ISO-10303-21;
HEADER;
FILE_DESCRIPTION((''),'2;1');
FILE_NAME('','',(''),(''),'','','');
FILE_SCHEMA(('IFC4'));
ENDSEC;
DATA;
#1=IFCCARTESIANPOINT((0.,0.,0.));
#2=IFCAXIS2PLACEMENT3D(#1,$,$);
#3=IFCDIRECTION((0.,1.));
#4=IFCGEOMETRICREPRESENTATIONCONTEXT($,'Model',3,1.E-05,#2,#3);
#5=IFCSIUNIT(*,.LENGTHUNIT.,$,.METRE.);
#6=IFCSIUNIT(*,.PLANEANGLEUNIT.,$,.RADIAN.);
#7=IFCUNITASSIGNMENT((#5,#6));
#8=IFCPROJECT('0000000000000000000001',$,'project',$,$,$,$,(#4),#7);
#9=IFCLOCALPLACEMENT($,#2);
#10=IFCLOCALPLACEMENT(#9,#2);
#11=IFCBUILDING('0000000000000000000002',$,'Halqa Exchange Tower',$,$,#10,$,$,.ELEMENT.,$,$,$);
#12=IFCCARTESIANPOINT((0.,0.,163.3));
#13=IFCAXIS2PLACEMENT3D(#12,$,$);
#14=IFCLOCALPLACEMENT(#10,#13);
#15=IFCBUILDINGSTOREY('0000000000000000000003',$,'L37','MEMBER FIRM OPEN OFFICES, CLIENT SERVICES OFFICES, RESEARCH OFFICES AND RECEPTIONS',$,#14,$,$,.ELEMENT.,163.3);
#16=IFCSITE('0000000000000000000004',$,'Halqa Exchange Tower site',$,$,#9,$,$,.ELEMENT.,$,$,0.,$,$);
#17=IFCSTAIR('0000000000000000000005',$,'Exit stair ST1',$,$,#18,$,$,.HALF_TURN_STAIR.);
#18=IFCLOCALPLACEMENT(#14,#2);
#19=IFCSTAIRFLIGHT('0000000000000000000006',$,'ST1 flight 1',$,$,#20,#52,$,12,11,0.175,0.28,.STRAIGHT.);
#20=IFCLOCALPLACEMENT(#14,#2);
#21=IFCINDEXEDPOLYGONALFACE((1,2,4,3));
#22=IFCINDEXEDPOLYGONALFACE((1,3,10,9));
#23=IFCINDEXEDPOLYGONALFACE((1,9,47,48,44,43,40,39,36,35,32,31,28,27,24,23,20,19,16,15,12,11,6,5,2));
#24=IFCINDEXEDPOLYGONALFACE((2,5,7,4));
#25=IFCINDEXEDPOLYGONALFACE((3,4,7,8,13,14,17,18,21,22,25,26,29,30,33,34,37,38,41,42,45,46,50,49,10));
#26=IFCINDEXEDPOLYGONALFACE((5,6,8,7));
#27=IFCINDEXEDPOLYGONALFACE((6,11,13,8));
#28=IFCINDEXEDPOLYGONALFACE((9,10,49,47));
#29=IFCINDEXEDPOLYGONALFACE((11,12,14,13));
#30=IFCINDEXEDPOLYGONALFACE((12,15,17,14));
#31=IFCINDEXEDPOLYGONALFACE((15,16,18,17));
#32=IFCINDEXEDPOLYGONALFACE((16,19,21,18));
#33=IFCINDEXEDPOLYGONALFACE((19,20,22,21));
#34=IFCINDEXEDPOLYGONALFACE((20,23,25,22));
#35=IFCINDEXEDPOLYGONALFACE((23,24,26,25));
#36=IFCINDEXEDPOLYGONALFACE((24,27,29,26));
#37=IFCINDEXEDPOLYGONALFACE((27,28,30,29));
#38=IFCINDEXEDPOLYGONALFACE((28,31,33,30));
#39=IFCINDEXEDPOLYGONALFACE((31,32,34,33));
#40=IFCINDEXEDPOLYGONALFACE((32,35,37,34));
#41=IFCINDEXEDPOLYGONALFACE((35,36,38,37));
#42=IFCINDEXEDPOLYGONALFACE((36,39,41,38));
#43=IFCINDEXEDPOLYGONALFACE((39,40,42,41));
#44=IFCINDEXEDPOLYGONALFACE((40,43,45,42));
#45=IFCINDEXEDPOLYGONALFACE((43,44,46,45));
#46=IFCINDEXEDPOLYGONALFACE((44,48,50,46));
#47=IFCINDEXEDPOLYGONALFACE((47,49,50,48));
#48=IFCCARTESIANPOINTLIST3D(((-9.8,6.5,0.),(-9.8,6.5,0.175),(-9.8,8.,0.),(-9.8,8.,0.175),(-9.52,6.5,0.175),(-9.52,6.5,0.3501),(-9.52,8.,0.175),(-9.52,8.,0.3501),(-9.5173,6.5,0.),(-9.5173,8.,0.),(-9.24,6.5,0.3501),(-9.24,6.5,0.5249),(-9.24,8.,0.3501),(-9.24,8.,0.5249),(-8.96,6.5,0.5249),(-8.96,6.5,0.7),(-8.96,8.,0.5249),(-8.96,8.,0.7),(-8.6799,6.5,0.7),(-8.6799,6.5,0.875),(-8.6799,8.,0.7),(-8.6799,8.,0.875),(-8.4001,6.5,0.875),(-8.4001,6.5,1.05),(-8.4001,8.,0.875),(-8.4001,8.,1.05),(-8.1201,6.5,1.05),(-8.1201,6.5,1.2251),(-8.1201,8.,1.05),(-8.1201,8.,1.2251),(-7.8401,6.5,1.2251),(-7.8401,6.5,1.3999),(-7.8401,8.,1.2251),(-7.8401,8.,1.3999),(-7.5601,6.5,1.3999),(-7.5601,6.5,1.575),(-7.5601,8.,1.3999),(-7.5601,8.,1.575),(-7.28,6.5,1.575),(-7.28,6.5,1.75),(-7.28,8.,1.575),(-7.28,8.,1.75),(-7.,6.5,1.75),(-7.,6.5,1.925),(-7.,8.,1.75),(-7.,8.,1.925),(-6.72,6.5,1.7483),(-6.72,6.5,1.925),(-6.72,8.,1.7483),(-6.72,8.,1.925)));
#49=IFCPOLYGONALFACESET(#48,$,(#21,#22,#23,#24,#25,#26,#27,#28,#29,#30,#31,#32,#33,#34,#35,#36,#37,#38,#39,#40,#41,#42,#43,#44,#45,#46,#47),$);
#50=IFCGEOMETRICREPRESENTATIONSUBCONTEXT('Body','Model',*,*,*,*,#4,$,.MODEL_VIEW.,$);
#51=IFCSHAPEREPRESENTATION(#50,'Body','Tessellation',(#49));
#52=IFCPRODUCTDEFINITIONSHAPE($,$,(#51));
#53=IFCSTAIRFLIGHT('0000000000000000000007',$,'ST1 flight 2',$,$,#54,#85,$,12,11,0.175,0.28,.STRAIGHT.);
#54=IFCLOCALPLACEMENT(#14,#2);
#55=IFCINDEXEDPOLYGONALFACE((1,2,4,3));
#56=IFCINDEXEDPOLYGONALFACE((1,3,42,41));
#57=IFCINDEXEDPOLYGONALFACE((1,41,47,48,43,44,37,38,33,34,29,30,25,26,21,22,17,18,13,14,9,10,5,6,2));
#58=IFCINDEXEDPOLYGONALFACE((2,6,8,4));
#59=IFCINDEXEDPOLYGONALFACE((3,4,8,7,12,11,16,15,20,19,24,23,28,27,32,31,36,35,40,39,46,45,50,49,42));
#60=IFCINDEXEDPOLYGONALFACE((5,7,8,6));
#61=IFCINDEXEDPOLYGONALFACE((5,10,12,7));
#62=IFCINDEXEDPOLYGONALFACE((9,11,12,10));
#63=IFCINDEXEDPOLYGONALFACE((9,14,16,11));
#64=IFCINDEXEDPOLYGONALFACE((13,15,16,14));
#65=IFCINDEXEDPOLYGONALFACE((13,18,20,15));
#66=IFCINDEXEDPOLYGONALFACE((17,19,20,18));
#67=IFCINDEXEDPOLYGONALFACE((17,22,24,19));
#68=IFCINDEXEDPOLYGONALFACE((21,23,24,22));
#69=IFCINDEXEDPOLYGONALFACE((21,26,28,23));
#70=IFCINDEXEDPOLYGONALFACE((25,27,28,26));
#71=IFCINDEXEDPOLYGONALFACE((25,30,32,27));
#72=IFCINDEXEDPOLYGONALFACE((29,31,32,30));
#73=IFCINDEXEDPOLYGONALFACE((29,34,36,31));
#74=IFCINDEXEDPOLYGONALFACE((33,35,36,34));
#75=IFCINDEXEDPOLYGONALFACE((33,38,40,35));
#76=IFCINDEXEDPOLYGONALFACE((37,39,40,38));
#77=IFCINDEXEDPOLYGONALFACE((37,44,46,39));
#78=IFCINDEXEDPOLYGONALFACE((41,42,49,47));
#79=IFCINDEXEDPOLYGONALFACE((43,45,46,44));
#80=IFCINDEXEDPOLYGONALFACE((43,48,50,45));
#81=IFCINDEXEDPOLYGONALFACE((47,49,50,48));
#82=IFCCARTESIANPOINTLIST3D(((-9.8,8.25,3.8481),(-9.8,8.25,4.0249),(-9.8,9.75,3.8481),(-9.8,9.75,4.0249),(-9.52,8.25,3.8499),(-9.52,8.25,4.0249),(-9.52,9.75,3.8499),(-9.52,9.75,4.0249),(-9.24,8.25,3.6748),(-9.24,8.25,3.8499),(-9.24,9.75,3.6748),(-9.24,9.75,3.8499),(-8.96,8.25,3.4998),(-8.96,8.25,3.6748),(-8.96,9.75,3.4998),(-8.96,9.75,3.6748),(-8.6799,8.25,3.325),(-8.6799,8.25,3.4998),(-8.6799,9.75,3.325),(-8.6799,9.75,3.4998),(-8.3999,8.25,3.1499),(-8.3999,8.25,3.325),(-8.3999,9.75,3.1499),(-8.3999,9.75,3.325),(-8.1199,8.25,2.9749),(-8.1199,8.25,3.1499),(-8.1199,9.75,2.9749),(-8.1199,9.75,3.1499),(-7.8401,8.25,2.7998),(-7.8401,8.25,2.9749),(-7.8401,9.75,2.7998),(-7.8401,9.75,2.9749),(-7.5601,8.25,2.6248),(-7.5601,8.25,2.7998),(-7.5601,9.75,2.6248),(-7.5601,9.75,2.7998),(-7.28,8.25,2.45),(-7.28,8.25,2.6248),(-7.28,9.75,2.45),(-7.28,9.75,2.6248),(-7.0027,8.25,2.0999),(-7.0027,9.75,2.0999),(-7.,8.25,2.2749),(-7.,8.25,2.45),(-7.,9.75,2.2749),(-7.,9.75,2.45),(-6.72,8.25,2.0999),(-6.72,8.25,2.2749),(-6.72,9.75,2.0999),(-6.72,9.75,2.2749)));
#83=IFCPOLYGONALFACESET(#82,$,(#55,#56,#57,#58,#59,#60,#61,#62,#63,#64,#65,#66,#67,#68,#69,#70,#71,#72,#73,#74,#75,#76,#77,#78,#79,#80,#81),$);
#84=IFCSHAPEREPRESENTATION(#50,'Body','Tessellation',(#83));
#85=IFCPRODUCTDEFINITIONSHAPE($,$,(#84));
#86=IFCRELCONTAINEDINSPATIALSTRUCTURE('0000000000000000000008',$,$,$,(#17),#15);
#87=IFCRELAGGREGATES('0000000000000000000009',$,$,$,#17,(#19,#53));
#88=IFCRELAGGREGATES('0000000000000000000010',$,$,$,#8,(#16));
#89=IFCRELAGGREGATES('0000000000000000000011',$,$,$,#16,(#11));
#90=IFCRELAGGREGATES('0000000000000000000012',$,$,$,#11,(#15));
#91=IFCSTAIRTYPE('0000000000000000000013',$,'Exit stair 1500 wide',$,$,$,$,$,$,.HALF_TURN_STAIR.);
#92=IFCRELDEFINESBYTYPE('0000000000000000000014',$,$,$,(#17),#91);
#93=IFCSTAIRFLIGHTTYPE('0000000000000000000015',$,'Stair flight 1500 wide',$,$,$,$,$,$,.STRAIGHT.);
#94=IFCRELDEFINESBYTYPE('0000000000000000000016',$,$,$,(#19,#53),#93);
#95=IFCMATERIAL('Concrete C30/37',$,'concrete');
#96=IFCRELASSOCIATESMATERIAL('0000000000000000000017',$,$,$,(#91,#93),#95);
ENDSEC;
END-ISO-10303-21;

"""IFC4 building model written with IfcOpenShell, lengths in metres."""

from ifc_helpers import new_model, si_unit, direction, frame, origin, place, context, subcontext, project, spatial, polyline, outline, extrude, material, type_object, element, aggregate, save


model = new_model("IFC4")

# Units and contexts
model_context = context("Model", 3, precision=1e-05, world=origin(), true_north=direction((0.0, 1.0)))
body_context = subcontext(model_context, "Body", "Model", "MODEL_VIEW")
ifc_project = project(units=[si_unit("LENGTHUNIT", "METRE"), si_unit("PLANEANGLEUNIT", "RADIAN")], contexts=[model_context])

# Site, building, storey
site_placement = place(None, origin())
site = spatial("IfcSite", under=ifc_project, at=site_placement, Name="Halqa Exchange Tower site", CompositionType="ELEMENT", RefElevation=0.0)
building_placement = place(site_placement, origin())
building = spatial("IfcBuilding", under=site, at=building_placement, Name="Halqa Exchange Tower", CompositionType="ELEMENT")
storey_placement = place(building_placement, frame((0.0, 0.0, 163.3)))
storey = spatial("IfcBuildingStorey", under=building, at=storey_placement, Name="L37", Description="MEMBER FIRM OPEN OFFICES, CLIENT SERVICES OFFICES, RESEARCH OFFICES AND RECEPTIONS", CompositionType="ELEMENT", Elevation=163.3)

# Shared definitions
ifc_material_1 = material(Name="Concrete C30/37", Category="concrete")

# Stair, stair flights
stair_type = type_object("IfcStairType", Name="Exit stair 1500 wide", PredefinedType="HALF_TURN_STAIR", material=ifc_material_1)
stair_placement = place(storey_placement, origin())
stair = element("IfcStair", 1, at=stair_placement, inside=storey, type_object=stair_type, Name="Exit stair ST1", PredefinedType="HALF_TURN_STAIR")
stair_flight_type = type_object("IfcStairFlightType", Name="Stair flight 1500 wide", PredefinedType="STRAIGHT", material=ifc_material_1)
stair_flight_1_placement = place(storey_placement, frame((-9.8, 7.25, 0.0), z_axis=(0.0, 0.0, 1.0), x_axis=(1.0, 0.0, 0.0)))
stair_flight_1 = element("IfcStairFlight", 2, at=stair_flight_1_placement, type_object=stair_flight_type, Name="ST1 flight 1", NumberOfRisers=12, NumberOfTreads=11, PredefinedType="STRAIGHT", RiserHeight=0.175, TreadLength=0.28, context=body_context, shape_type="SweptSolid", body=[
    extrude(outline(polyline([(0.0, 0.0), (0.0, 0.175), (0.28, 0.175), (0.28, 0.3501), (0.5601, 0.3501), (0.5601, 0.5249), (0.8401, 0.5249), (0.8401, 0.7), (1.1201, 0.7), (1.1201, 0.875), (1.3999, 0.875), (1.3999, 1.05), (1.6799, 1.05), (1.6799, 1.2251), (1.96, 1.2251), (1.96, 1.3999), (2.24, 1.3999), (2.24, 1.575), (2.52, 1.575), (2.52, 1.75), (2.8, 1.75), (2.8, 1.925), (3.0801, 1.925), (3.0801, 2.1001), (3.0801, 1.7483), (0.2827, 0.0), (0.0, 0.0)])), frame((0.0, 0.75, 0.0), z_axis=(0.0, -1.0, 0.0), x_axis=(1.0, 0.0, 0.0)), (0.0, 0.0, 1.0), 1.5),
])
stair_flight_2_placement = place(storey_placement, frame((-6.72, 9.0, 2.0999), z_axis=(0.0, 0.0, 1.0), x_axis=(-1.0, 0.0, 0.0)))
stair_flight_2 = element("IfcStairFlight", 3, at=stair_flight_2_placement, type_object=stair_flight_type, Name="ST1 flight 2", NumberOfRisers=12, NumberOfTreads=11, PredefinedType="STRAIGHT", RiserHeight=0.175, TreadLength=0.28, context=body_context, shape_type="SweptSolid", body=[
    extrude(outline(polyline([(0.0, 0.0), (0.0, 0.175), (0.28, 0.175), (0.28, 0.3501), (0.5601, 0.3501), (0.5601, 0.5249), (0.8401, 0.5249), (0.8401, 0.7), (1.1201, 0.7), (1.1201, 0.875), (1.3999, 0.875), (1.3999, 1.05), (1.6799, 1.05), (1.6799, 1.2251), (1.96, 1.2251), (1.96, 1.3999), (2.24, 1.3999), (2.24, 1.575), (2.52, 1.575), (2.52, 1.75), (2.8, 1.75), (2.8, 1.925), (3.0801, 1.925), (3.0801, 2.1001), (3.0801, 1.7483), (0.2827, 0.0), (0.0, 0.0)])), frame((0.0, 0.75, 0.0), z_axis=(0.0, -1.0, 0.0), x_axis=(1.0, 0.0, 0.0)), (0.0, 0.0, 1.0), 1.5),
])
aggregate(stair, [stair_flight_1, stair_flight_2])

save(model, "model.ifc")
